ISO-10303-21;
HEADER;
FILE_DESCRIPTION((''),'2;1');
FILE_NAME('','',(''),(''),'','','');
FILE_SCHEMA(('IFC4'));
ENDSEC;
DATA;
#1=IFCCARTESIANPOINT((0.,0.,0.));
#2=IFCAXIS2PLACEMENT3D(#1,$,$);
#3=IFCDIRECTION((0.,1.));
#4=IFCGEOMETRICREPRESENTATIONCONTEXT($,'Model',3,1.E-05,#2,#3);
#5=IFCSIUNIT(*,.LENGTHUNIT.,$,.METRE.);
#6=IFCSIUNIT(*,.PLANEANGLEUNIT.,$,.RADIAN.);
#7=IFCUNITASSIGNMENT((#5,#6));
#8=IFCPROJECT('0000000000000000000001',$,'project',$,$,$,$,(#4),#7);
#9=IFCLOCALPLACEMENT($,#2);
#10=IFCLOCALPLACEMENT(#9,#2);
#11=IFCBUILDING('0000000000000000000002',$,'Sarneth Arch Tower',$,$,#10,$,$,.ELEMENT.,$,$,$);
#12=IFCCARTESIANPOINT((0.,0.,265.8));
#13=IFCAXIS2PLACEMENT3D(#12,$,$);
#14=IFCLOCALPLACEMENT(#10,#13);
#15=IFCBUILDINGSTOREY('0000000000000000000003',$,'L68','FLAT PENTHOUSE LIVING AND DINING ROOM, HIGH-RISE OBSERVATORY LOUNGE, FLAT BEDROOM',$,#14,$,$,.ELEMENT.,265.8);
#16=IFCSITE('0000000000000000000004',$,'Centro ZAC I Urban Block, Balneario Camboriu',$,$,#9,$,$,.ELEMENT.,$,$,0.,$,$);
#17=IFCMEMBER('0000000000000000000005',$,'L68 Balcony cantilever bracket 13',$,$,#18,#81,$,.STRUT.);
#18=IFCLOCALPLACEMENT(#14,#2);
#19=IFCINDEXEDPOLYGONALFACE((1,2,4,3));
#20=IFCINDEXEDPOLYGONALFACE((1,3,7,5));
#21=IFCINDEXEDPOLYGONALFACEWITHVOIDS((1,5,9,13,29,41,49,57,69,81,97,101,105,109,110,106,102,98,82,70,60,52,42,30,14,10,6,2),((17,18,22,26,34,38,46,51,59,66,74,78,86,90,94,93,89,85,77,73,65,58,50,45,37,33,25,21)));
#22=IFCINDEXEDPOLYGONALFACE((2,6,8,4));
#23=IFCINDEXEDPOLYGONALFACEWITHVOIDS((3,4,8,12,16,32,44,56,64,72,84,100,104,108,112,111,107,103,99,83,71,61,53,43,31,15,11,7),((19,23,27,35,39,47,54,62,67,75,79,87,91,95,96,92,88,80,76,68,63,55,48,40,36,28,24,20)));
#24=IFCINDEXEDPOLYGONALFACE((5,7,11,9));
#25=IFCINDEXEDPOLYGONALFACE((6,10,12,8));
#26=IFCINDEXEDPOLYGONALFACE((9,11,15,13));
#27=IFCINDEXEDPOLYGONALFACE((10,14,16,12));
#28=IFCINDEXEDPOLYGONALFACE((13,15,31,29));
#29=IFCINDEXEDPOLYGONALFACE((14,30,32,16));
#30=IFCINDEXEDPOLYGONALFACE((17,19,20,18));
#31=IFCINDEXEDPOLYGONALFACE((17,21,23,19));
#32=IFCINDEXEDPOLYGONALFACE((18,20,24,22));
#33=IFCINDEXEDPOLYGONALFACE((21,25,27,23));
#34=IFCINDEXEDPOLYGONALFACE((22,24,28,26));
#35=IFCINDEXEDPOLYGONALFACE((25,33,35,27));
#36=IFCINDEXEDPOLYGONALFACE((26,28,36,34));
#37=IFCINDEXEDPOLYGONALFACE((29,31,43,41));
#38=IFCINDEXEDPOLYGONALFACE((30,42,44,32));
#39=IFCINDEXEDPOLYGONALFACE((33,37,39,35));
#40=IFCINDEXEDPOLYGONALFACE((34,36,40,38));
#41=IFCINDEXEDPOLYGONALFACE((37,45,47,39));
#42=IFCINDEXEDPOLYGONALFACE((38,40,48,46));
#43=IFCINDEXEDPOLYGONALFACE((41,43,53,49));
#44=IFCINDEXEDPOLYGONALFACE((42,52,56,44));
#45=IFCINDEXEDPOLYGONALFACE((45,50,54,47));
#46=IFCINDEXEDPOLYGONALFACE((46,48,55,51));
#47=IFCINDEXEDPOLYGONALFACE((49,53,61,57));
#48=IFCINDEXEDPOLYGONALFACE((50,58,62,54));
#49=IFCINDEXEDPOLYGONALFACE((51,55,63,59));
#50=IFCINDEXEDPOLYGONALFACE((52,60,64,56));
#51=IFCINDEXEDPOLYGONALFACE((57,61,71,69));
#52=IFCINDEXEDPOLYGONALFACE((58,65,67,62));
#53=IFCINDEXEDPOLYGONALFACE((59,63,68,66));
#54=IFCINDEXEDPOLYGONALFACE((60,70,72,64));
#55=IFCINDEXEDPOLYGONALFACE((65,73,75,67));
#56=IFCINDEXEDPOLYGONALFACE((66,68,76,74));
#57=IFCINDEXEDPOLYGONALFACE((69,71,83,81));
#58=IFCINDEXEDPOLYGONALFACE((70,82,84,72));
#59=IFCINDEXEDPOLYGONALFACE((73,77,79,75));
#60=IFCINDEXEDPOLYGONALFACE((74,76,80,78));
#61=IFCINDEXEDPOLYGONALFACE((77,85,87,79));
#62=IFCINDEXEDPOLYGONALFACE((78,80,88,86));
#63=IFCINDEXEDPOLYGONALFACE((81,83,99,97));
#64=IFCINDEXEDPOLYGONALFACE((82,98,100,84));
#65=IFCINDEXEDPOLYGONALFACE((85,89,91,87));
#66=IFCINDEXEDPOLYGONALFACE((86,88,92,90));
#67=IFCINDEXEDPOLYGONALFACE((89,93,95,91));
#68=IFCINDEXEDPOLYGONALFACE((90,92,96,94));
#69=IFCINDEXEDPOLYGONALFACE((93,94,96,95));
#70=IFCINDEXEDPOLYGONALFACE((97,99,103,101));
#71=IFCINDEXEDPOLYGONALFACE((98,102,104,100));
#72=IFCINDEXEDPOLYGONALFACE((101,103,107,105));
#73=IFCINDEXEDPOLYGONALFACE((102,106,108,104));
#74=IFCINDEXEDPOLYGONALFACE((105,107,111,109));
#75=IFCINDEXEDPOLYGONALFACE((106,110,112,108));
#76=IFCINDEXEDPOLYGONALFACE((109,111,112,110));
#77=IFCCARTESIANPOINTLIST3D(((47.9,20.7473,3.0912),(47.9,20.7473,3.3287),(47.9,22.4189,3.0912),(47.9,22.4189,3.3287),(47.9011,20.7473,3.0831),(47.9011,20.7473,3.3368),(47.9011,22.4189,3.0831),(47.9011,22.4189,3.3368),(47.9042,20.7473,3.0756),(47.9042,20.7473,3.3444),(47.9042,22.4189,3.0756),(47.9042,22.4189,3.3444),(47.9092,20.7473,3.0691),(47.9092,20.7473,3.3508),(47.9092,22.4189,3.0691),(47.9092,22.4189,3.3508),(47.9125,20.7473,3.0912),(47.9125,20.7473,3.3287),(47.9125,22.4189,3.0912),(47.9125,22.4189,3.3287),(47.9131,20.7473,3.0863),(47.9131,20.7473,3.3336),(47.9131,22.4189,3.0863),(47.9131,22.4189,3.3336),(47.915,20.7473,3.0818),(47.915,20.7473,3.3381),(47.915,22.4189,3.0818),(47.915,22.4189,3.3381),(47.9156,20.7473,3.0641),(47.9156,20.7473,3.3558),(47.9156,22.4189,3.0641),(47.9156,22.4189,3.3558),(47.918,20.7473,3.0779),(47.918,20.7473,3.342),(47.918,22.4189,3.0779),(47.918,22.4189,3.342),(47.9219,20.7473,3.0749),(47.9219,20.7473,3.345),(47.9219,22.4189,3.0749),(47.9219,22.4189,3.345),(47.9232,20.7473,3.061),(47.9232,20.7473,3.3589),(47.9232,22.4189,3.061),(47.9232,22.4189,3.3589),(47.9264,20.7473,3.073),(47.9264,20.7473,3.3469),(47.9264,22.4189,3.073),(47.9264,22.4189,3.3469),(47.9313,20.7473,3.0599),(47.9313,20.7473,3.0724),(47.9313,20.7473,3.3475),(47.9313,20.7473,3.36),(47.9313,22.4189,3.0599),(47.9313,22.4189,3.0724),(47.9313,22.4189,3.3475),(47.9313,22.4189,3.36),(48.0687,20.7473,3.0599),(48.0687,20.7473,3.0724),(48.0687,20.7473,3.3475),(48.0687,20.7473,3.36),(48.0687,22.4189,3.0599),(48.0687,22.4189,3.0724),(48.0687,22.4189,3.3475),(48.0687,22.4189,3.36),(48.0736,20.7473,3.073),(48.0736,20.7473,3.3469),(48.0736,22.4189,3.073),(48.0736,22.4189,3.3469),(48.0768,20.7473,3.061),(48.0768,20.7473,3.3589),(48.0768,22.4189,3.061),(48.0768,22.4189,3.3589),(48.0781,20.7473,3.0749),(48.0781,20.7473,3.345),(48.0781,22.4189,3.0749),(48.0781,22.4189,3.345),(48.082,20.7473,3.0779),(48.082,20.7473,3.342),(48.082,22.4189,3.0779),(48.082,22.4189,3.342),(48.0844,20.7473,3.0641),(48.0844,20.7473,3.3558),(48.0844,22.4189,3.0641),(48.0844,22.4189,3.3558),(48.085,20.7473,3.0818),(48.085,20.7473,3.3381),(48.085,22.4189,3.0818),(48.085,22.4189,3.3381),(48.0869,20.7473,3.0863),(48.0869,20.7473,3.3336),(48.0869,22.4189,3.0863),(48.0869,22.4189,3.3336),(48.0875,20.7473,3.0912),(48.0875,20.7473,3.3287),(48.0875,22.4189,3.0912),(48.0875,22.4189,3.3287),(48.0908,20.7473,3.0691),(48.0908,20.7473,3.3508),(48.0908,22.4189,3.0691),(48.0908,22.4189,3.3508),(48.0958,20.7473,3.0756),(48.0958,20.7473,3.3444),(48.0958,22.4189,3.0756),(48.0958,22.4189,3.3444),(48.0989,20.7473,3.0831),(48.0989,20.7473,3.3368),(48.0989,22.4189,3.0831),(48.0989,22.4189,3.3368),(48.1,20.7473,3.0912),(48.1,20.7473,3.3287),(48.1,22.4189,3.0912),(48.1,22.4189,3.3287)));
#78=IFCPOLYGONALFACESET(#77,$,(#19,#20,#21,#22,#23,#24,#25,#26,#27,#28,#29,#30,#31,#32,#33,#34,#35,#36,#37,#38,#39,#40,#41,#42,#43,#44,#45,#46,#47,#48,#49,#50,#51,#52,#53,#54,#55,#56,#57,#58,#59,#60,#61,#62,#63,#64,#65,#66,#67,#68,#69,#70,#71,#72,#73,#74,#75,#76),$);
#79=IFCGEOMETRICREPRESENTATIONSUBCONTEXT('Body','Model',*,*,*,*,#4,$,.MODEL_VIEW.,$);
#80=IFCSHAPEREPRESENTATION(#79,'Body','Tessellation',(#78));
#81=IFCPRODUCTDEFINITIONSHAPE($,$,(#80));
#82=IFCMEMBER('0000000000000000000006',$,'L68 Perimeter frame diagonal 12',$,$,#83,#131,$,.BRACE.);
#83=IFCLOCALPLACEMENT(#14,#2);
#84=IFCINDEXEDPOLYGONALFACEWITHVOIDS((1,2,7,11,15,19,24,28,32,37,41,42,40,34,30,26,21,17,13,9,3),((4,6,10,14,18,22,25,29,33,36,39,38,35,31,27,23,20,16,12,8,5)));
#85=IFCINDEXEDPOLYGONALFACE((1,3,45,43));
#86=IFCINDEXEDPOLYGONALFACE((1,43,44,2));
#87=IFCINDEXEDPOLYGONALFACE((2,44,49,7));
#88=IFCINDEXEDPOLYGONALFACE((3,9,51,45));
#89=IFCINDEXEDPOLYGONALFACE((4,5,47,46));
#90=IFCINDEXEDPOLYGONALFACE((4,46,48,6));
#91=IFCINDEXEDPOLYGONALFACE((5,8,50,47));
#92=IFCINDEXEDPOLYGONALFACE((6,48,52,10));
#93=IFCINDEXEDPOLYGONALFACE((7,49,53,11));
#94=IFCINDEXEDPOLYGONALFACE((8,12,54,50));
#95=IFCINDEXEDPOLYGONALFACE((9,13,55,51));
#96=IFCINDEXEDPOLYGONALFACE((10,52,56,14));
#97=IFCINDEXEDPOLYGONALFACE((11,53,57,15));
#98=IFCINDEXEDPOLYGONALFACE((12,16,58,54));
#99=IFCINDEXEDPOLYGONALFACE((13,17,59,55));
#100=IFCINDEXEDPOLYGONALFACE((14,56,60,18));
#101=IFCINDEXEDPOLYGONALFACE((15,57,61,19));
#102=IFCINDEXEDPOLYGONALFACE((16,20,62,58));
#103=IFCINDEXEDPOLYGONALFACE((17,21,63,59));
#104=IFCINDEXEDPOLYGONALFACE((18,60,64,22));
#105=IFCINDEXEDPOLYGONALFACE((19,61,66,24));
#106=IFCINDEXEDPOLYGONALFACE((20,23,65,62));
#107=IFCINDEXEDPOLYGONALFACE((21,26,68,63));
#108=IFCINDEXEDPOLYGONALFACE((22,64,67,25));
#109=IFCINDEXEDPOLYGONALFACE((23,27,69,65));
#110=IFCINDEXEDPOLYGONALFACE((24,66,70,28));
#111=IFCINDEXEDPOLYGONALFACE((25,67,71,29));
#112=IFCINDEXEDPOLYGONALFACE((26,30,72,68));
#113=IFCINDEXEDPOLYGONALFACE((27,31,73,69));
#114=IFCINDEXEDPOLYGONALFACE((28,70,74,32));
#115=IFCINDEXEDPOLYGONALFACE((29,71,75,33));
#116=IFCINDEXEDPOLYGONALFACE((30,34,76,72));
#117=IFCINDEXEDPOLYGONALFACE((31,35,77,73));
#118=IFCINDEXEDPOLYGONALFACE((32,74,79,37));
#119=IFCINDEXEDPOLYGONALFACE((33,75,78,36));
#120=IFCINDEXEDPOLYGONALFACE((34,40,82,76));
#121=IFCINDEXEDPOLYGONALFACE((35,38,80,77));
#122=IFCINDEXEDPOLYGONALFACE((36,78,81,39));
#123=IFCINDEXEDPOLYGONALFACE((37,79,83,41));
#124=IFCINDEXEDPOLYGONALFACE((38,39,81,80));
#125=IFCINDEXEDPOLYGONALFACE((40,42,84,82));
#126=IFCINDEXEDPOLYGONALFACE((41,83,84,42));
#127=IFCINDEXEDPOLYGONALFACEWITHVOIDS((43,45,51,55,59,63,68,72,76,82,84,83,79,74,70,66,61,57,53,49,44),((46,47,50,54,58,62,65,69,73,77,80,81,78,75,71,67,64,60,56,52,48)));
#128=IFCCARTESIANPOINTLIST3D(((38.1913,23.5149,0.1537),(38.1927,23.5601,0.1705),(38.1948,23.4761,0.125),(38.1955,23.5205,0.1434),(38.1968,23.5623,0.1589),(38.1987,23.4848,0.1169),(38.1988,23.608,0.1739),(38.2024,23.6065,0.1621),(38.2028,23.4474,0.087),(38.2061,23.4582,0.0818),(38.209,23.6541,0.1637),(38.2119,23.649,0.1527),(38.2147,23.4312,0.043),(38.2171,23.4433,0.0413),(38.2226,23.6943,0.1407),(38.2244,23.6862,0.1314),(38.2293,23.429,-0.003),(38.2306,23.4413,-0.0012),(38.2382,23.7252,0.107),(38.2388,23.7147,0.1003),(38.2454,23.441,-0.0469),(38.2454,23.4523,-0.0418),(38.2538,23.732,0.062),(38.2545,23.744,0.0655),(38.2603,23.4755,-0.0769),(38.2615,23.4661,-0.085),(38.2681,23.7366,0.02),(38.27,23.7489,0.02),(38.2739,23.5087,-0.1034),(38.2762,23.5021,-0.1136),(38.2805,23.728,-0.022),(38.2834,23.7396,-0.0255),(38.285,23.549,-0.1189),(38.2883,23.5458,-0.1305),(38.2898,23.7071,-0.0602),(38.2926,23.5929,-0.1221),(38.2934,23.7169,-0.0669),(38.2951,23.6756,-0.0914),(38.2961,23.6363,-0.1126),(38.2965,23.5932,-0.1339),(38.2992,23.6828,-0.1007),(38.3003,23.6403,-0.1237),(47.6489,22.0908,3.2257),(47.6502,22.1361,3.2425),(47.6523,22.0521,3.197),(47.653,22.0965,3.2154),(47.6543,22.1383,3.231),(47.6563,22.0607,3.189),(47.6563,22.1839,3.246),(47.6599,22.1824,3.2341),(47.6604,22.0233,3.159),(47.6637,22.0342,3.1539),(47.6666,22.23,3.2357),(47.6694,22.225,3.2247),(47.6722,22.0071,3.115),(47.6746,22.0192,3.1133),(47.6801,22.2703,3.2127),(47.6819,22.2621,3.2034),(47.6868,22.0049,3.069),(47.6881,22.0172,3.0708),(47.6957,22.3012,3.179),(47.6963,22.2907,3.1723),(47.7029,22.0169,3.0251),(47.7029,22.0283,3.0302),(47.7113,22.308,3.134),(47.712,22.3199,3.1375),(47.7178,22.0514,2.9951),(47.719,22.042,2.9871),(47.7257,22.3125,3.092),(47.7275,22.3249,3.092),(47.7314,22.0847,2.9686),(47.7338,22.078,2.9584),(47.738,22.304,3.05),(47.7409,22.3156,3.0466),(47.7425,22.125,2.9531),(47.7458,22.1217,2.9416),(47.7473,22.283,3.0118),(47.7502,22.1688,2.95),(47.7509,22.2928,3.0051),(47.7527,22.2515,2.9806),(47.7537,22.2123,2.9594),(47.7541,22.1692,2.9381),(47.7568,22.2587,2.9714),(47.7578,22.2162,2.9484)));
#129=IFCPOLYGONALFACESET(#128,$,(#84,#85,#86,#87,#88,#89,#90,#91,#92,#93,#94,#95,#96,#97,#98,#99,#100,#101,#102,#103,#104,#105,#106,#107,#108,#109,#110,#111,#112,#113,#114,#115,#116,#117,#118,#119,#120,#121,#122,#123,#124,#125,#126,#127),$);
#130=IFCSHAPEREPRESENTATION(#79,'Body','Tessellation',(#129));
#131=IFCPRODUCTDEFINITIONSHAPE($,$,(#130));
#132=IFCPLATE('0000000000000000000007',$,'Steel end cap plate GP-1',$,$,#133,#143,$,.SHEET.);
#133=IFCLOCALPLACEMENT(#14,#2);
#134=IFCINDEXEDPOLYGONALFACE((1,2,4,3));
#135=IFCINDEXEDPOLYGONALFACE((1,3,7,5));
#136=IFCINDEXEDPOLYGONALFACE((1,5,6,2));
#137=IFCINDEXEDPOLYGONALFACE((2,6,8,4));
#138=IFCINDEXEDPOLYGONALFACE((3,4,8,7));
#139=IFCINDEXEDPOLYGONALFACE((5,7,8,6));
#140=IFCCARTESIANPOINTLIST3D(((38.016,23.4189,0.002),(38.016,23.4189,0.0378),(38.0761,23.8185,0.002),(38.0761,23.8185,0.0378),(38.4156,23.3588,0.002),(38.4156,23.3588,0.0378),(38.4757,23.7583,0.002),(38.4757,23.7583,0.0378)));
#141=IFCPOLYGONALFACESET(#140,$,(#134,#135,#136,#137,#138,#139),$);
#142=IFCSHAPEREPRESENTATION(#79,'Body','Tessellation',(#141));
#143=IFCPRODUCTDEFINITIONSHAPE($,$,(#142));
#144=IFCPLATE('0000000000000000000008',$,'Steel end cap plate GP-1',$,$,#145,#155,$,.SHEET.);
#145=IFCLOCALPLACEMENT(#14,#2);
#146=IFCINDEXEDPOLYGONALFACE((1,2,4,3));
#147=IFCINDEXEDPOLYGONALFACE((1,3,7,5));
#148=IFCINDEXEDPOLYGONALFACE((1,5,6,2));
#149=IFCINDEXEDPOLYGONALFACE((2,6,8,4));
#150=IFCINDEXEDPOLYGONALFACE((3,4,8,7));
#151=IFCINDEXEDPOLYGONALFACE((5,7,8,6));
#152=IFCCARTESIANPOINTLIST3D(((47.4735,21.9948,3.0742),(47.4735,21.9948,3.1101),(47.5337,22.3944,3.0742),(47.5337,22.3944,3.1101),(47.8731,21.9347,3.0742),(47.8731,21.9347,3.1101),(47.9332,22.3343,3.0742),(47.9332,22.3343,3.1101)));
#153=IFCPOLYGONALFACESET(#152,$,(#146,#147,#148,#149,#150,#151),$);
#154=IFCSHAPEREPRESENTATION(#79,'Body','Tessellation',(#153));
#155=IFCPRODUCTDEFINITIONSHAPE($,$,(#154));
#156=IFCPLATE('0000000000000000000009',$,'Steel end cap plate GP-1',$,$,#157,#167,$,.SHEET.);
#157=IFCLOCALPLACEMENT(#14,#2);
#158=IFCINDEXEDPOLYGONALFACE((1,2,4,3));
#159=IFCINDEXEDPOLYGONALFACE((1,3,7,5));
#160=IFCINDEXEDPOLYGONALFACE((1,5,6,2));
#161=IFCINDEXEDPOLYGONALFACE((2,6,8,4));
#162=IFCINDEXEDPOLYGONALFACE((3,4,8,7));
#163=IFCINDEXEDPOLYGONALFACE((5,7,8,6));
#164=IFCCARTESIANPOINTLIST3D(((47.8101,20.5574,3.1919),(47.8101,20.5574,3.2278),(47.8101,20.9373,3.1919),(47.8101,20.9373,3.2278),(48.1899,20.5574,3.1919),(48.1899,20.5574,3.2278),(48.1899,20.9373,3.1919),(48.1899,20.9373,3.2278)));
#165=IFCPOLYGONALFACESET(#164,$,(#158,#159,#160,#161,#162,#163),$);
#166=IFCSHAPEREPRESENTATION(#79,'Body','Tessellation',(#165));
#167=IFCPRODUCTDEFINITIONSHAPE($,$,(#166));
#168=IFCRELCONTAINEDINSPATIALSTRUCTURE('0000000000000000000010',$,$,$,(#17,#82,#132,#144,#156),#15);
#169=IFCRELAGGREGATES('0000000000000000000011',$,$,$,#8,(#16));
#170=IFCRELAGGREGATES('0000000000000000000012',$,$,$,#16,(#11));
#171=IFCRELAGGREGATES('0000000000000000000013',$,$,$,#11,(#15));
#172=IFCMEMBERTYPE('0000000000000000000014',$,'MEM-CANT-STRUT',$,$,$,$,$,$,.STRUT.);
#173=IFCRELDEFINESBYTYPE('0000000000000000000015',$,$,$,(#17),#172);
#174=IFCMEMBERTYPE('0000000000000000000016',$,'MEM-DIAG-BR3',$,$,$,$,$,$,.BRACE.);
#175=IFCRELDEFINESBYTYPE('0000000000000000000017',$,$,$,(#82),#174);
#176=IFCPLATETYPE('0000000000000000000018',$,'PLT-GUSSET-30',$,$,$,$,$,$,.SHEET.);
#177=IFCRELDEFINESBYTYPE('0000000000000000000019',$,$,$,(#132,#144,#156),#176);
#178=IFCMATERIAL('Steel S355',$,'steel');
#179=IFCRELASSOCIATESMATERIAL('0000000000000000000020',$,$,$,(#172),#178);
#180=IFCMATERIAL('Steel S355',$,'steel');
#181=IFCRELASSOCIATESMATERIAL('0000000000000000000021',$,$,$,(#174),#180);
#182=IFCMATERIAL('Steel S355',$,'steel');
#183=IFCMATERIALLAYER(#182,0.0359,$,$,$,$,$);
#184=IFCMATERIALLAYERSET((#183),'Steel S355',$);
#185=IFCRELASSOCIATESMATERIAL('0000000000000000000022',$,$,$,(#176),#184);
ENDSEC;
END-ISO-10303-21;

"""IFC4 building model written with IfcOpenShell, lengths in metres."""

from ifc_helpers import new_model, si_unit, direction, frame, origin, origin_2d, place, context, subcontext, project, spatial, rectangle, hollow_rectangle, hollow_circle, extrude, material, layer, layer_set, material_profile, profile_set, type_object, element, save


model = new_model("IFC4")

# Units and contexts
model_context = context("Model", 3, precision=1e-05, world=origin(), true_north=direction((0.0, 1.0)))
body_context = subcontext(model_context, "Body", "Model", "MODEL_VIEW")
ifc_project = project(units=[si_unit("LENGTHUNIT", "METRE"), si_unit("PLANEANGLEUNIT", "RADIAN")], contexts=[model_context])

# Site, building, storey
site_placement = place(None, origin())
site = spatial("IfcSite", under=ifc_project, at=site_placement, Name="Centro ZAC I Urban Block, Balneario Camboriu", CompositionType="ELEMENT", RefElevation=0.0)
building_placement = place(site_placement, origin())
building = spatial("IfcBuilding", under=site, at=building_placement, Name="Sarneth Arch Tower", CompositionType="ELEMENT")
storey_placement = place(building_placement, frame((0.0, 0.0, 265.8)))
storey = spatial("IfcBuildingStorey", under=building, at=storey_placement, Name="L68", Description="FLAT PENTHOUSE LIVING AND DINING ROOM, HIGH-RISE OBSERVATORY LOUNGE, FLAT BEDROOM", CompositionType="ELEMENT", Elevation=265.8)

# Members
ifc_material_1 = material(Name="Steel S355", Category="steel")
ifc_material_profile_1 = material_profile(ifc_material_1, hollow_rectangle(XDim=0.2, YDim=0.3, WallThickness=0.0125, InnerFilletRadius=0.0188, OuterFilletRadius=0.0312, at=origin_2d()), Name="RHS300x200x12.5")
ifc_profile_set_1 = profile_set([ifc_material_profile_1], Name="Steel S355")
member_type_1 = type_object("IfcMemberType", Name="MEM-CANT-STRUT", PredefinedType="STRUT", material=ifc_profile_set_1)
member_1_placement = place(storey_placement, frame((48.0, 22.4189, 3.21), z_axis=(0.0, -1.0, 0.0), x_axis=(1.0, 0.0, 0.0)))
element("IfcMember", 1, at=member_1_placement, inside=storey, type_object=member_type_1, Name="L68 Balcony cantilever bracket 13", PredefinedType="STRUT", context=body_context, shape_type="SweptSolid", body=[
    extrude(hollow_rectangle(XDim=0.2, YDim=0.3, WallThickness=0.0125, InnerFilletRadius=0.0188, OuterFilletRadius=0.0312, at=origin_2d()), origin(), (0.0, 0.0, 1.0), 1.6716),
])
ifc_material_2 = material(Name="Steel S355", Category="steel")
ifc_material_profile_2 = material_profile(ifc_material_2, hollow_circle(Radius=0.1621, WallThickness=0.0125, at=origin_2d()), Name="CHS324x12.5")
ifc_profile_set_2 = profile_set([ifc_material_profile_2], Name="Steel S355")
member_type_2 = type_object("IfcMemberType", Name="MEM-DIAG-BR3", PredefinedType="BRACE", material=ifc_profile_set_2)
member_2_placement = place(storey_placement, frame((38.2458, 23.5886, 0.02), z_axis=(0.941478, -0.141764, 0.305814), x_axis=(0.148897, 0.988853, 0.0)))
element("IfcMember", 2, at=member_2_placement, inside=storey, type_object=member_type_2, Name="L68 Perimeter frame diagonal 12", PredefinedType="BRACE", context=body_context, shape_type="SweptSolid", body=[
    extrude(hollow_circle(Radius=0.1621, WallThickness=0.0125, at=origin_2d()), origin(), (0.0, 0.0, 1.0), 10.0454),
])

# Plates
ifc_material_3 = material(Name="Steel S355", Category="steel")
ifc_layer_1 = layer(ifc_material_3, 0.0359)
ifc_layer_set_1 = layer_set([ifc_layer_1], Name="Steel S355")
plate_type = type_object("IfcPlateType", Name="PLT-GUSSET-30", PredefinedType="SHEET", material=ifc_layer_set_1)
for number, where, z_axis, x_axis, name in (
    (3, (38.2458, 23.5886, 0.002), (0.0, 0.0, 1.0), (0.988861, -0.148845, 0.0), "Steel end cap plate GP-1"),
    (4, (47.7034, 22.1646, 3.0742), (0.0, 0.0, 1.0), (0.988861, -0.148845, 0.0), "Steel end cap plate GP-1"),
):
    element("IfcPlate", number, at=place(storey_placement, frame(where, z_axis=z_axis, x_axis=x_axis)), inside=storey, type_object=plate_type, Name=name, PredefinedType="SHEET", context=body_context, shape_type="SweptSolid", body=[
        extrude(rectangle(XDim=0.4041, YDim=0.4041, at=origin_2d()), origin(), (0.0, 0.0, 1.0), 0.0359),
    ])
plate_placement = place(storey_placement, frame((48.0, 20.7473, 3.1919), z_axis=(0.0, 0.0, 1.0), x_axis=(0.0, -1.0, 0.0)))
element("IfcPlate", 5, at=plate_placement, inside=storey, type_object=plate_type, Name="Steel end cap plate GP-1", PredefinedType="SHEET", context=body_context, shape_type="SweptSolid", body=[
    extrude(rectangle(XDim=0.3799, YDim=0.3799, at=origin_2d()), origin(), (0.0, 0.0, 1.0), 0.0359),
])

save(model, "model.ifc")
